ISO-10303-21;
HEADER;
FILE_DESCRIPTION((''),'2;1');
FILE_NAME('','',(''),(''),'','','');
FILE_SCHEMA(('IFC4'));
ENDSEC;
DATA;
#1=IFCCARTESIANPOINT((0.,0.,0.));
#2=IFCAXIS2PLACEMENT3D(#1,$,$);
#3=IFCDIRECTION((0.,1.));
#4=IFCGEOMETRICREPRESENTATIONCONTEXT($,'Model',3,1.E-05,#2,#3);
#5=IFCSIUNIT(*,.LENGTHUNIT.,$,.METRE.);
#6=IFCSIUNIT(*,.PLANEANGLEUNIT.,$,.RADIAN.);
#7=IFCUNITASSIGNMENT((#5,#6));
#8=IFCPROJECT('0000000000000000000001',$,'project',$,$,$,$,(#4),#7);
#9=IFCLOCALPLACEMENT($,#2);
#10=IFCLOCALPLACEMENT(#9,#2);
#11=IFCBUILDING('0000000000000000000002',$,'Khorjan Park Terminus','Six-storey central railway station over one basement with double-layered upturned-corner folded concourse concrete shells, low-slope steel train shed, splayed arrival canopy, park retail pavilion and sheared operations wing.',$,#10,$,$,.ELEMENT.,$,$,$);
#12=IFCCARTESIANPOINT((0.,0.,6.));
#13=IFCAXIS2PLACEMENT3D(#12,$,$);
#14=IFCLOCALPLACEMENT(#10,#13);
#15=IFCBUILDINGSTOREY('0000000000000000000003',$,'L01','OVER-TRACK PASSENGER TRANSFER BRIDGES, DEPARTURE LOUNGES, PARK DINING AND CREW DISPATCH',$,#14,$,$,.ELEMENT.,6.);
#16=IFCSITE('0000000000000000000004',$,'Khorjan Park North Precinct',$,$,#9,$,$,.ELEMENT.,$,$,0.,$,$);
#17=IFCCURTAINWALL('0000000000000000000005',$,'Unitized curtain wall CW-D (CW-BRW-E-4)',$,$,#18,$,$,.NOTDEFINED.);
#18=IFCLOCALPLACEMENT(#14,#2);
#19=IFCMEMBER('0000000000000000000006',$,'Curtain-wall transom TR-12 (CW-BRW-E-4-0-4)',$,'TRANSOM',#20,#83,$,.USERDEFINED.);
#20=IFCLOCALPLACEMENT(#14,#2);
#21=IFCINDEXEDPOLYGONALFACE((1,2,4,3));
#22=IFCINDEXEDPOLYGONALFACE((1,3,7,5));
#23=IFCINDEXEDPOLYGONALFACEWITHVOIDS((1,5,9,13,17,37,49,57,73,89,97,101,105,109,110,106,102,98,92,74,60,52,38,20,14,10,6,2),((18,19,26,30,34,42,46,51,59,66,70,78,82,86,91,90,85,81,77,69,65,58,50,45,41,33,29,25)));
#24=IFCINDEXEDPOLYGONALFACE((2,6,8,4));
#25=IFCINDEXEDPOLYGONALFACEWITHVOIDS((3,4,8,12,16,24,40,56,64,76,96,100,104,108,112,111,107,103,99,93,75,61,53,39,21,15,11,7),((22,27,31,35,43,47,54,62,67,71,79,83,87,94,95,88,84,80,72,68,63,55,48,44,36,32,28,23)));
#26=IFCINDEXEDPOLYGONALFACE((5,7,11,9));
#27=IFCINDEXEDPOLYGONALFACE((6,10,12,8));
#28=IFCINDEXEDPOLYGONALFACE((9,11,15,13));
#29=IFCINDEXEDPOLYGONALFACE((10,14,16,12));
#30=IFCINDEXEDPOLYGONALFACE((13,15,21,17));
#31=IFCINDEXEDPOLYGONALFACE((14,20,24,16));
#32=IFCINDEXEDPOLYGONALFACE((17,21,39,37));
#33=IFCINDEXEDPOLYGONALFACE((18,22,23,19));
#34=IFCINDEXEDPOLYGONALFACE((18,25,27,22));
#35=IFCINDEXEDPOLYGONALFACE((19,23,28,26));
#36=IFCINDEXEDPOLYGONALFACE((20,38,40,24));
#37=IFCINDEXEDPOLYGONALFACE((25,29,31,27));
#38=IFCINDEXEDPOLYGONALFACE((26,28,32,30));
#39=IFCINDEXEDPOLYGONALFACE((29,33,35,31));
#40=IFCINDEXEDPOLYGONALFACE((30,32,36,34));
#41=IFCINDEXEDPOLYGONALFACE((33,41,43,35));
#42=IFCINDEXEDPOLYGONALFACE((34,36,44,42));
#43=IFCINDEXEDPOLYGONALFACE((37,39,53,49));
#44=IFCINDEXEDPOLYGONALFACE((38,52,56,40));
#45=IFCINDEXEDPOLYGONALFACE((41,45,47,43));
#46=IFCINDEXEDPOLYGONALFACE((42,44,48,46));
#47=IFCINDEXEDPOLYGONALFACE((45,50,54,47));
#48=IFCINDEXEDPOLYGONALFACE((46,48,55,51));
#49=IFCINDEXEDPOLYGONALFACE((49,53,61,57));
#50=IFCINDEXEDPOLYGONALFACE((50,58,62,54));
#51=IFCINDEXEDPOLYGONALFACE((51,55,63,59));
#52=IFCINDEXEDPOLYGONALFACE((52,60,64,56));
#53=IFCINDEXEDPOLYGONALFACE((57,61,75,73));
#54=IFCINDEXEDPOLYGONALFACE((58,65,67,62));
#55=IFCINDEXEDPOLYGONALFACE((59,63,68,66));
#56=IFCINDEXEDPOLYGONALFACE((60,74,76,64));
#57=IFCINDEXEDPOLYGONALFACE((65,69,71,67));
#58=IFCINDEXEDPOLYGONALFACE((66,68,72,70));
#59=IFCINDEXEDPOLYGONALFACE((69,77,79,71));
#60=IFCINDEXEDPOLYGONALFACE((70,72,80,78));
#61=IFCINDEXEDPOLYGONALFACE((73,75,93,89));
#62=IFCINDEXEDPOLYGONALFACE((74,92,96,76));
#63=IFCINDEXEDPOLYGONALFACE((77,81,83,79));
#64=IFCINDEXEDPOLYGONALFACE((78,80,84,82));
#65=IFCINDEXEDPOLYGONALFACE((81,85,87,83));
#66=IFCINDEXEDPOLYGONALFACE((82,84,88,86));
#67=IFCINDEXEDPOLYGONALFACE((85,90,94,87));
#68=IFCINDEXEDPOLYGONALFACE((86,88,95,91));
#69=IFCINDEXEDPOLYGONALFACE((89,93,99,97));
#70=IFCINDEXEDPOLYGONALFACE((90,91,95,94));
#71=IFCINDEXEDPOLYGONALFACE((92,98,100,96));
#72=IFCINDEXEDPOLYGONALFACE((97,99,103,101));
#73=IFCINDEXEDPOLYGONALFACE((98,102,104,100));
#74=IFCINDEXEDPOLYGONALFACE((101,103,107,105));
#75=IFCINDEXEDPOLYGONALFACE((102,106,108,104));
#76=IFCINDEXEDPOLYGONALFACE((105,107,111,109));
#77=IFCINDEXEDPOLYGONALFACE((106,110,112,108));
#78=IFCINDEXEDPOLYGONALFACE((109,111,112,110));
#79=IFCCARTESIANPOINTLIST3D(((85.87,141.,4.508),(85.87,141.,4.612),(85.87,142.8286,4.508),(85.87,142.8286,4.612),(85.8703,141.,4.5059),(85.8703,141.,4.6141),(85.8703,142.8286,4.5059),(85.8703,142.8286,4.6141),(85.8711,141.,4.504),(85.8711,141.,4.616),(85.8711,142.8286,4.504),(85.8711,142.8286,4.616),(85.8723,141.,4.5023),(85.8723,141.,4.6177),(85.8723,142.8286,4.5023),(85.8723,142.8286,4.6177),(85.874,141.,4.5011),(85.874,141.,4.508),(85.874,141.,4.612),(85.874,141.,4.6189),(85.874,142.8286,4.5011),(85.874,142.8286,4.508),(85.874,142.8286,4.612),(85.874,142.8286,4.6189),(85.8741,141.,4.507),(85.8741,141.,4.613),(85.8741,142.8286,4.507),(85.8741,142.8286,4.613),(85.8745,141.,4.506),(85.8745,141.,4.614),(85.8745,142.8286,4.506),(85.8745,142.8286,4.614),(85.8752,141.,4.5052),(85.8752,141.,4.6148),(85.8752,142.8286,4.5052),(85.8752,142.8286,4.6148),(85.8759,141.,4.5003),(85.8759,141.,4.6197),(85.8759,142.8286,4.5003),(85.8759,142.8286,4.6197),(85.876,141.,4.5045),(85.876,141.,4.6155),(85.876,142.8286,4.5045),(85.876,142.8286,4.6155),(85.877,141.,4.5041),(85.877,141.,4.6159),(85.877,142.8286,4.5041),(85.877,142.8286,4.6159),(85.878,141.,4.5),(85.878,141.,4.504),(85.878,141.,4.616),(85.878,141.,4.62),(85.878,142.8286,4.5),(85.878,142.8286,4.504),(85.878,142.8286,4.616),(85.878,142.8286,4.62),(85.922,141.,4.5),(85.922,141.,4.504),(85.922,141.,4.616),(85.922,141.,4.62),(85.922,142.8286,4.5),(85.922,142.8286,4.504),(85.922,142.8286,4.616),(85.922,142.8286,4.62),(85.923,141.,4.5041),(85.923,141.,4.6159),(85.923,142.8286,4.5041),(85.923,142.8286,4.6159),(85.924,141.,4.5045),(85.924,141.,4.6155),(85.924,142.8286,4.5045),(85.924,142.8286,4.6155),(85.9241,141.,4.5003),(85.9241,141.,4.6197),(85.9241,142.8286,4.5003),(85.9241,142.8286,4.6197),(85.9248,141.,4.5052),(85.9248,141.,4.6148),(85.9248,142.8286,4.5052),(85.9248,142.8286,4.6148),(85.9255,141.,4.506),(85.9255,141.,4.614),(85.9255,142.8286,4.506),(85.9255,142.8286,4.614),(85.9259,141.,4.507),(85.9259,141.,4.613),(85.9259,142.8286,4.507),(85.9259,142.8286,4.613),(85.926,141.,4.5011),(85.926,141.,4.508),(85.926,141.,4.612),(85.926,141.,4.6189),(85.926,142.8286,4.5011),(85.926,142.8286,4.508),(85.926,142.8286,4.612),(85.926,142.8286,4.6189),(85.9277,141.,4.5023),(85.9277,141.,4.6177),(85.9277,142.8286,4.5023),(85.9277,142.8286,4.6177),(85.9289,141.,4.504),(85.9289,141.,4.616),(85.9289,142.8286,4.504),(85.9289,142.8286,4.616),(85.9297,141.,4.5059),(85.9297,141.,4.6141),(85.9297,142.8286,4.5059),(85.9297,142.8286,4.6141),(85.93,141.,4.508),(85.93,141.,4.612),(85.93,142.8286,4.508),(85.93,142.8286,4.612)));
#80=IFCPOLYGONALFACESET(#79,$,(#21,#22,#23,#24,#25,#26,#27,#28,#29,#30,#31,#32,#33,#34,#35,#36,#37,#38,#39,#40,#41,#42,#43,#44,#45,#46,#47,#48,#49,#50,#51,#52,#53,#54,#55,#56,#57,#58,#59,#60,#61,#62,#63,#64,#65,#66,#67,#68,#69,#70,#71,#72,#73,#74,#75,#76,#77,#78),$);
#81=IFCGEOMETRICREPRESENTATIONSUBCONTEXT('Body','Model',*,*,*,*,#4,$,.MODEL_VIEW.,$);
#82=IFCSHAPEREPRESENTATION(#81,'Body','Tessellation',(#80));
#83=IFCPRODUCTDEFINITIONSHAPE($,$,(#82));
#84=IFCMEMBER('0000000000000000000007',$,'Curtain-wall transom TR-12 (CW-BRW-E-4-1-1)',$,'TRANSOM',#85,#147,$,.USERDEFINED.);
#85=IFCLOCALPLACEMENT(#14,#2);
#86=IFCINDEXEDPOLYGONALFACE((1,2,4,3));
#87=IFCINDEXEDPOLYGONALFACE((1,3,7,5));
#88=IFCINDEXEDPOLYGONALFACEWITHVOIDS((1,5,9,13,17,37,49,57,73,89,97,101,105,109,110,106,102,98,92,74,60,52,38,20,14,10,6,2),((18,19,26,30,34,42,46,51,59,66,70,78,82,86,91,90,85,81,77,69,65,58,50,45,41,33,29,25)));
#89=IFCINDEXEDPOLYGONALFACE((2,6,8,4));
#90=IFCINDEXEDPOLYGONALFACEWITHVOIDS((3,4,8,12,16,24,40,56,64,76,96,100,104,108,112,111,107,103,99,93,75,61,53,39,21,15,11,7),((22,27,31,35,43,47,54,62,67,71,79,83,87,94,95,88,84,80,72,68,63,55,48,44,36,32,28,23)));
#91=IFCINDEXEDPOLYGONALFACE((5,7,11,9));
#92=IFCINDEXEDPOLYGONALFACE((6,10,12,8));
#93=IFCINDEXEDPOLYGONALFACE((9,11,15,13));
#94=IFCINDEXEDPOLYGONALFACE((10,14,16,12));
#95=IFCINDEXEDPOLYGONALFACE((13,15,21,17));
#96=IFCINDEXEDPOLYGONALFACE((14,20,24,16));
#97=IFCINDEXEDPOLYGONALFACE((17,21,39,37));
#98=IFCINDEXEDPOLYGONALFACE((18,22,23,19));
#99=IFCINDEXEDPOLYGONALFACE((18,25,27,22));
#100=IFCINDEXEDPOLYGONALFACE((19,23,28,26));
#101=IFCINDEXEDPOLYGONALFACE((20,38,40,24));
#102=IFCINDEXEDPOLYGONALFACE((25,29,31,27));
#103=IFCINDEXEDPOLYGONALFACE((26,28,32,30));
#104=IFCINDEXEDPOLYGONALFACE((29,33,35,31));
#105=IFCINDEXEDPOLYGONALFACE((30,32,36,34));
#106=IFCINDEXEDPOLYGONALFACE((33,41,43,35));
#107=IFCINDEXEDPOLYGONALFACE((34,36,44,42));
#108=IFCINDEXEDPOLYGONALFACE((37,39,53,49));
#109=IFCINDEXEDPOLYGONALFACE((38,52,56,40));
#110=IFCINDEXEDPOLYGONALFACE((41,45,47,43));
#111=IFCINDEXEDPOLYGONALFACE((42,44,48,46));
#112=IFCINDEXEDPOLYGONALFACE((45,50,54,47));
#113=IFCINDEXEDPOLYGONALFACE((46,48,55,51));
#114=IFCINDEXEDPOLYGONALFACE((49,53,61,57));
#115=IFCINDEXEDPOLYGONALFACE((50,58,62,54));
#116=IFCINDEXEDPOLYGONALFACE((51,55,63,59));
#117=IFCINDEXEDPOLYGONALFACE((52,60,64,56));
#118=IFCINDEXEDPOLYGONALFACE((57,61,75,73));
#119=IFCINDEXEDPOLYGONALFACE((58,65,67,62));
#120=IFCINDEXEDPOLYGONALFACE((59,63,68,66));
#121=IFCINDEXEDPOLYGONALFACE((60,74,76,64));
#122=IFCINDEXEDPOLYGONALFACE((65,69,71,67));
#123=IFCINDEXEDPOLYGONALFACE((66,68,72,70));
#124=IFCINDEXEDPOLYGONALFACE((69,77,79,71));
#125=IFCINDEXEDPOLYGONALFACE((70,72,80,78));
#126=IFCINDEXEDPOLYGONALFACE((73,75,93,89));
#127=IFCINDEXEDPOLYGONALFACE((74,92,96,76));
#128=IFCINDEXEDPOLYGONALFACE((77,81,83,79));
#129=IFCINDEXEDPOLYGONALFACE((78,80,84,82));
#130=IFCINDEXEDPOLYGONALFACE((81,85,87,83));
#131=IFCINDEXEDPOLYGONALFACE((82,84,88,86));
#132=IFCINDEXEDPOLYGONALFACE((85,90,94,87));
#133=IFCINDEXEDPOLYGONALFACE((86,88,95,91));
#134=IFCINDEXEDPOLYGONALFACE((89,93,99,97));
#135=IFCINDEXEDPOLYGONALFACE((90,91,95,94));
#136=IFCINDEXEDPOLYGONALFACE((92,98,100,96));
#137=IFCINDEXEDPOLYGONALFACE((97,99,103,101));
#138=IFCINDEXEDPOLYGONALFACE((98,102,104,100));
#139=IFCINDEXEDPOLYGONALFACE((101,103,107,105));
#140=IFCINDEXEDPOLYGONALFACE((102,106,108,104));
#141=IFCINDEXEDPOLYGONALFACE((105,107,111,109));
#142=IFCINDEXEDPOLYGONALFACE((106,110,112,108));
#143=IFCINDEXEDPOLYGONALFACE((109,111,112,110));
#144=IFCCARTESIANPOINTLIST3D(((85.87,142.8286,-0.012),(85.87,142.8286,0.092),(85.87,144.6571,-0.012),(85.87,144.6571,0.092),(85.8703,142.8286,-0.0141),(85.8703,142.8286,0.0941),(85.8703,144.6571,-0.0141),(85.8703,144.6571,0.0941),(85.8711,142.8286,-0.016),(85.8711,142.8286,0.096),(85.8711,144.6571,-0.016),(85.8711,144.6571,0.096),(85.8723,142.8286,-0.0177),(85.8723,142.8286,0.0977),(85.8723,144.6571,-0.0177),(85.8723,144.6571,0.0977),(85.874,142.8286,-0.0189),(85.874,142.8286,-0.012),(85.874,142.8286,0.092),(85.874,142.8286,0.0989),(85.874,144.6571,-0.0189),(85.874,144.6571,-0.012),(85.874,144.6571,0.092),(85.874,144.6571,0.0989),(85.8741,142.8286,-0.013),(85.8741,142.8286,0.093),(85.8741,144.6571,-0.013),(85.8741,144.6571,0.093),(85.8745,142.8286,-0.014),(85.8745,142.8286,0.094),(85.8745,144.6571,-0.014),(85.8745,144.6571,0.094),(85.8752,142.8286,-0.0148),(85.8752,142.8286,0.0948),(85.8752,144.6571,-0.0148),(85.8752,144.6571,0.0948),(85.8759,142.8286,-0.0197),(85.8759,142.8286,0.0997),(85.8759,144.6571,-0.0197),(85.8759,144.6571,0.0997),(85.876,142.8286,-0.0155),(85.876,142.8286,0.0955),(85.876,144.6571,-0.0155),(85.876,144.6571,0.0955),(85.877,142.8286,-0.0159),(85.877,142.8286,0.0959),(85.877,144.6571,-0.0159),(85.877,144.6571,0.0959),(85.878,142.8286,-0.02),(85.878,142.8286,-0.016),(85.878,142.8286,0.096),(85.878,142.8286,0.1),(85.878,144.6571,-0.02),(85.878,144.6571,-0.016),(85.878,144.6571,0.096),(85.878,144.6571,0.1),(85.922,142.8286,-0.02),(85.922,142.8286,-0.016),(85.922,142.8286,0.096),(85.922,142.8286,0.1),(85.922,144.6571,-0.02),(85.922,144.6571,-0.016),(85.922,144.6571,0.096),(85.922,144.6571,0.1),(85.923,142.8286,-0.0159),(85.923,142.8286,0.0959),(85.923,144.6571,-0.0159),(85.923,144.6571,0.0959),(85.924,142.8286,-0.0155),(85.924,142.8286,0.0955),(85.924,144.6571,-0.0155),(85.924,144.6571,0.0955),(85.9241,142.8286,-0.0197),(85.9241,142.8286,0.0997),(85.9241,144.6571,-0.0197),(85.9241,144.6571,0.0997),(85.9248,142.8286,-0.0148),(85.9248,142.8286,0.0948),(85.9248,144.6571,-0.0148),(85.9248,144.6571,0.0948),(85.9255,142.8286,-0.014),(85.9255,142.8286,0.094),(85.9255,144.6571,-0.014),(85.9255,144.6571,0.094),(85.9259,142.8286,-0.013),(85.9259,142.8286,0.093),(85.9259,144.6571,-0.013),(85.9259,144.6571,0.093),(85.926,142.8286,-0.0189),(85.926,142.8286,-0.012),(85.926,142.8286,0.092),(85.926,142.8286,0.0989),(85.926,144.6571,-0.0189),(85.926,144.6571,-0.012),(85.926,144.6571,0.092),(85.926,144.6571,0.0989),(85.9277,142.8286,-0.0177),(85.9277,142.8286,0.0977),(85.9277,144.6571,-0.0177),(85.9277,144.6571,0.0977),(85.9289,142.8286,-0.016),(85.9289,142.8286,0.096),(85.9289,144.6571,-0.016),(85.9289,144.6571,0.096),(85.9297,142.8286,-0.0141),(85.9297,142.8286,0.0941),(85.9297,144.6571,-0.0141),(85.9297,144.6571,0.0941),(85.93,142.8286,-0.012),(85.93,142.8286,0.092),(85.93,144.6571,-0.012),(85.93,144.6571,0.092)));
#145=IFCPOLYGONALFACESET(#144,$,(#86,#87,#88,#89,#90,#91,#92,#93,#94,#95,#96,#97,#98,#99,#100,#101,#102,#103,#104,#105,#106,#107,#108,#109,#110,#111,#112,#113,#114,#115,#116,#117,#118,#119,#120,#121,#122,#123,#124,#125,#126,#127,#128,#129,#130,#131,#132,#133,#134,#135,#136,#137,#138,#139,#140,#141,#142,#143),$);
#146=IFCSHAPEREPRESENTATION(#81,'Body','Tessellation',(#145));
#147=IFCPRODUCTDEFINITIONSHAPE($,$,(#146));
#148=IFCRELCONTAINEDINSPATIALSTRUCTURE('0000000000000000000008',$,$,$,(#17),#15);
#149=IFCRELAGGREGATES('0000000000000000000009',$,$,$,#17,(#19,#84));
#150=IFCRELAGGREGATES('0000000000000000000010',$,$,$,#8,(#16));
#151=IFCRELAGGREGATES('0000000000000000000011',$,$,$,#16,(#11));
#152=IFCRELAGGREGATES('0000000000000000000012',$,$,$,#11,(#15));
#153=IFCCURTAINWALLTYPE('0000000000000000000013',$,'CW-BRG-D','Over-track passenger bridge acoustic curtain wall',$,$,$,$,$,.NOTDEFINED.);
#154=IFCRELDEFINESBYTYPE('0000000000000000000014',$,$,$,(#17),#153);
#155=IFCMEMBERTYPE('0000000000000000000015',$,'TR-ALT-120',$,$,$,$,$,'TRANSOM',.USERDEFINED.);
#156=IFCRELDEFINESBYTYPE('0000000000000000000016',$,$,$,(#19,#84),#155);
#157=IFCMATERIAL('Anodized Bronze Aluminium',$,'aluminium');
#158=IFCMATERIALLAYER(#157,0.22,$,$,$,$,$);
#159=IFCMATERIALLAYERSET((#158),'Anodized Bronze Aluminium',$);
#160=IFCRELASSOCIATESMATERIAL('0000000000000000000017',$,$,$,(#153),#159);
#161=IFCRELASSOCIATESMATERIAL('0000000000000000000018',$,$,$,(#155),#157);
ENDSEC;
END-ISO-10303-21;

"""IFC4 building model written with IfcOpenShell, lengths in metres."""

from ifc_helpers import new_model, si_unit, direction, frame, origin, origin_2d, place, context, subcontext, project, spatial, hollow_rectangle, extrude, material, layer, layer_set, material_profile, profile_set, type_object, element, aggregate, save


model = new_model("IFC4")

# Units and contexts
model_context = context("Model", 3, precision=1e-05, world=origin(), true_north=direction((0.0, 1.0)))
body_context = subcontext(model_context, "Body", "Model", "MODEL_VIEW")
ifc_project = project(units=[si_unit("LENGTHUNIT", "METRE"), si_unit("PLANEANGLEUNIT", "RADIAN")], contexts=[model_context])

# Site, building, storey
site_placement = place(None, origin())
site = spatial("IfcSite", under=ifc_project, at=site_placement, Name="Khorjan Park North Precinct", CompositionType="ELEMENT", RefElevation=0.0)
building_placement = place(site_placement, origin())
building = spatial("IfcBuilding", under=site, at=building_placement, Name="Khorjan Park Terminus", Description="Six-storey central railway station over one basement with double-layered upturned-corner folded concourse concrete shells, low-slope steel train shed, splayed arrival canopy, park retail pavilion and sheared operations wing.", CompositionType="ELEMENT")
storey_placement = place(building_placement, frame((0.0, 0.0, 6.0)))
storey = spatial("IfcBuildingStorey", under=building, at=storey_placement, Name="L01", Description="OVER-TRACK PASSENGER TRANSFER BRIDGES, DEPARTURE LOUNGES, PARK DINING AND CREW DISPATCH", CompositionType="ELEMENT", Elevation=6.0)

# Curtain wall
ifc_material_1 = material(Name="Anodized Bronze Aluminium", Category="aluminium")
ifc_layer_1 = layer(ifc_material_1, 0.22)
ifc_layer_set_1 = layer_set([ifc_layer_1], Name="Anodized Bronze Aluminium")
curtain_wall_type = type_object("IfcCurtainWallType", Name="CW-BRG-D", Description="Over-track passenger bridge acoustic curtain wall", PredefinedType="NOTDEFINED", material=ifc_layer_set_1)
curtain_wall_1_placement = place(storey_placement, origin())
curtain_wall_1 = element("IfcCurtainWall", 1, at=curtain_wall_1_placement, inside=storey, type_object=curtain_wall_type, Name="Unitized curtain wall CW-D (CW-BRW-E-4)", PredefinedType="NOTDEFINED")

# Members
ifc_material_profile_1 = material_profile(ifc_material_1, hollow_rectangle(XDim=0.06, YDim=0.12, WallThickness=0.004, InnerFilletRadius=0.004, OuterFilletRadius=0.008, at=origin_2d()), Name="ALT 60x120x4")
ifc_profile_set_1 = profile_set([ifc_material_profile_1], Name="Anodized Bronze Aluminium")
member_type_1 = type_object("IfcMemberType", Name="TR-ALT-120", ElementType="TRANSOM", PredefinedType="USERDEFINED", material=ifc_profile_set_1)
member_1_placement = place(storey_placement, frame((85.9, 141.0, 4.56), z_axis=(0.0, 1.0, 0.0), x_axis=(-1.0, 0.0, 0.0)))
member_1 = element("IfcMember", 2, at=member_1_placement, type_object=member_type_1, Name="Curtain-wall transom TR-12 (CW-BRW-E-4-0-4)", ObjectType="TRANSOM", PredefinedType="USERDEFINED", context=body_context, shape_type="SweptSolid", body=[
    extrude(hollow_rectangle(XDim=0.06, YDim=0.12, WallThickness=0.004, InnerFilletRadius=0.004, OuterFilletRadius=0.008, at=origin_2d()), origin(), (0.0, 0.0, 1.0), 1.8286),
])
member_2_placement = place(storey_placement, frame((85.9, 142.8286, 0.04), z_axis=(0.0, 1.0, 0.0), x_axis=(-1.0, 0.0, 0.0)))
member_2 = element("IfcMember", 3, at=member_2_placement, type_object=member_type_1, Name="Curtain-wall transom TR-12 (CW-BRW-E-4-1-1)", ObjectType="TRANSOM", PredefinedType="USERDEFINED", context=body_context, shape_type="SweptSolid", body=[
    extrude(hollow_rectangle(XDim=0.06, YDim=0.12, WallThickness=0.004, InnerFilletRadius=0.004, OuterFilletRadius=0.008, at=origin_2d()), origin(), (0.0, 0.0, 1.0), 1.8285),
])

aggregate(curtain_wall_1, [member_1, member_2])

save(model, "model.ifc")
